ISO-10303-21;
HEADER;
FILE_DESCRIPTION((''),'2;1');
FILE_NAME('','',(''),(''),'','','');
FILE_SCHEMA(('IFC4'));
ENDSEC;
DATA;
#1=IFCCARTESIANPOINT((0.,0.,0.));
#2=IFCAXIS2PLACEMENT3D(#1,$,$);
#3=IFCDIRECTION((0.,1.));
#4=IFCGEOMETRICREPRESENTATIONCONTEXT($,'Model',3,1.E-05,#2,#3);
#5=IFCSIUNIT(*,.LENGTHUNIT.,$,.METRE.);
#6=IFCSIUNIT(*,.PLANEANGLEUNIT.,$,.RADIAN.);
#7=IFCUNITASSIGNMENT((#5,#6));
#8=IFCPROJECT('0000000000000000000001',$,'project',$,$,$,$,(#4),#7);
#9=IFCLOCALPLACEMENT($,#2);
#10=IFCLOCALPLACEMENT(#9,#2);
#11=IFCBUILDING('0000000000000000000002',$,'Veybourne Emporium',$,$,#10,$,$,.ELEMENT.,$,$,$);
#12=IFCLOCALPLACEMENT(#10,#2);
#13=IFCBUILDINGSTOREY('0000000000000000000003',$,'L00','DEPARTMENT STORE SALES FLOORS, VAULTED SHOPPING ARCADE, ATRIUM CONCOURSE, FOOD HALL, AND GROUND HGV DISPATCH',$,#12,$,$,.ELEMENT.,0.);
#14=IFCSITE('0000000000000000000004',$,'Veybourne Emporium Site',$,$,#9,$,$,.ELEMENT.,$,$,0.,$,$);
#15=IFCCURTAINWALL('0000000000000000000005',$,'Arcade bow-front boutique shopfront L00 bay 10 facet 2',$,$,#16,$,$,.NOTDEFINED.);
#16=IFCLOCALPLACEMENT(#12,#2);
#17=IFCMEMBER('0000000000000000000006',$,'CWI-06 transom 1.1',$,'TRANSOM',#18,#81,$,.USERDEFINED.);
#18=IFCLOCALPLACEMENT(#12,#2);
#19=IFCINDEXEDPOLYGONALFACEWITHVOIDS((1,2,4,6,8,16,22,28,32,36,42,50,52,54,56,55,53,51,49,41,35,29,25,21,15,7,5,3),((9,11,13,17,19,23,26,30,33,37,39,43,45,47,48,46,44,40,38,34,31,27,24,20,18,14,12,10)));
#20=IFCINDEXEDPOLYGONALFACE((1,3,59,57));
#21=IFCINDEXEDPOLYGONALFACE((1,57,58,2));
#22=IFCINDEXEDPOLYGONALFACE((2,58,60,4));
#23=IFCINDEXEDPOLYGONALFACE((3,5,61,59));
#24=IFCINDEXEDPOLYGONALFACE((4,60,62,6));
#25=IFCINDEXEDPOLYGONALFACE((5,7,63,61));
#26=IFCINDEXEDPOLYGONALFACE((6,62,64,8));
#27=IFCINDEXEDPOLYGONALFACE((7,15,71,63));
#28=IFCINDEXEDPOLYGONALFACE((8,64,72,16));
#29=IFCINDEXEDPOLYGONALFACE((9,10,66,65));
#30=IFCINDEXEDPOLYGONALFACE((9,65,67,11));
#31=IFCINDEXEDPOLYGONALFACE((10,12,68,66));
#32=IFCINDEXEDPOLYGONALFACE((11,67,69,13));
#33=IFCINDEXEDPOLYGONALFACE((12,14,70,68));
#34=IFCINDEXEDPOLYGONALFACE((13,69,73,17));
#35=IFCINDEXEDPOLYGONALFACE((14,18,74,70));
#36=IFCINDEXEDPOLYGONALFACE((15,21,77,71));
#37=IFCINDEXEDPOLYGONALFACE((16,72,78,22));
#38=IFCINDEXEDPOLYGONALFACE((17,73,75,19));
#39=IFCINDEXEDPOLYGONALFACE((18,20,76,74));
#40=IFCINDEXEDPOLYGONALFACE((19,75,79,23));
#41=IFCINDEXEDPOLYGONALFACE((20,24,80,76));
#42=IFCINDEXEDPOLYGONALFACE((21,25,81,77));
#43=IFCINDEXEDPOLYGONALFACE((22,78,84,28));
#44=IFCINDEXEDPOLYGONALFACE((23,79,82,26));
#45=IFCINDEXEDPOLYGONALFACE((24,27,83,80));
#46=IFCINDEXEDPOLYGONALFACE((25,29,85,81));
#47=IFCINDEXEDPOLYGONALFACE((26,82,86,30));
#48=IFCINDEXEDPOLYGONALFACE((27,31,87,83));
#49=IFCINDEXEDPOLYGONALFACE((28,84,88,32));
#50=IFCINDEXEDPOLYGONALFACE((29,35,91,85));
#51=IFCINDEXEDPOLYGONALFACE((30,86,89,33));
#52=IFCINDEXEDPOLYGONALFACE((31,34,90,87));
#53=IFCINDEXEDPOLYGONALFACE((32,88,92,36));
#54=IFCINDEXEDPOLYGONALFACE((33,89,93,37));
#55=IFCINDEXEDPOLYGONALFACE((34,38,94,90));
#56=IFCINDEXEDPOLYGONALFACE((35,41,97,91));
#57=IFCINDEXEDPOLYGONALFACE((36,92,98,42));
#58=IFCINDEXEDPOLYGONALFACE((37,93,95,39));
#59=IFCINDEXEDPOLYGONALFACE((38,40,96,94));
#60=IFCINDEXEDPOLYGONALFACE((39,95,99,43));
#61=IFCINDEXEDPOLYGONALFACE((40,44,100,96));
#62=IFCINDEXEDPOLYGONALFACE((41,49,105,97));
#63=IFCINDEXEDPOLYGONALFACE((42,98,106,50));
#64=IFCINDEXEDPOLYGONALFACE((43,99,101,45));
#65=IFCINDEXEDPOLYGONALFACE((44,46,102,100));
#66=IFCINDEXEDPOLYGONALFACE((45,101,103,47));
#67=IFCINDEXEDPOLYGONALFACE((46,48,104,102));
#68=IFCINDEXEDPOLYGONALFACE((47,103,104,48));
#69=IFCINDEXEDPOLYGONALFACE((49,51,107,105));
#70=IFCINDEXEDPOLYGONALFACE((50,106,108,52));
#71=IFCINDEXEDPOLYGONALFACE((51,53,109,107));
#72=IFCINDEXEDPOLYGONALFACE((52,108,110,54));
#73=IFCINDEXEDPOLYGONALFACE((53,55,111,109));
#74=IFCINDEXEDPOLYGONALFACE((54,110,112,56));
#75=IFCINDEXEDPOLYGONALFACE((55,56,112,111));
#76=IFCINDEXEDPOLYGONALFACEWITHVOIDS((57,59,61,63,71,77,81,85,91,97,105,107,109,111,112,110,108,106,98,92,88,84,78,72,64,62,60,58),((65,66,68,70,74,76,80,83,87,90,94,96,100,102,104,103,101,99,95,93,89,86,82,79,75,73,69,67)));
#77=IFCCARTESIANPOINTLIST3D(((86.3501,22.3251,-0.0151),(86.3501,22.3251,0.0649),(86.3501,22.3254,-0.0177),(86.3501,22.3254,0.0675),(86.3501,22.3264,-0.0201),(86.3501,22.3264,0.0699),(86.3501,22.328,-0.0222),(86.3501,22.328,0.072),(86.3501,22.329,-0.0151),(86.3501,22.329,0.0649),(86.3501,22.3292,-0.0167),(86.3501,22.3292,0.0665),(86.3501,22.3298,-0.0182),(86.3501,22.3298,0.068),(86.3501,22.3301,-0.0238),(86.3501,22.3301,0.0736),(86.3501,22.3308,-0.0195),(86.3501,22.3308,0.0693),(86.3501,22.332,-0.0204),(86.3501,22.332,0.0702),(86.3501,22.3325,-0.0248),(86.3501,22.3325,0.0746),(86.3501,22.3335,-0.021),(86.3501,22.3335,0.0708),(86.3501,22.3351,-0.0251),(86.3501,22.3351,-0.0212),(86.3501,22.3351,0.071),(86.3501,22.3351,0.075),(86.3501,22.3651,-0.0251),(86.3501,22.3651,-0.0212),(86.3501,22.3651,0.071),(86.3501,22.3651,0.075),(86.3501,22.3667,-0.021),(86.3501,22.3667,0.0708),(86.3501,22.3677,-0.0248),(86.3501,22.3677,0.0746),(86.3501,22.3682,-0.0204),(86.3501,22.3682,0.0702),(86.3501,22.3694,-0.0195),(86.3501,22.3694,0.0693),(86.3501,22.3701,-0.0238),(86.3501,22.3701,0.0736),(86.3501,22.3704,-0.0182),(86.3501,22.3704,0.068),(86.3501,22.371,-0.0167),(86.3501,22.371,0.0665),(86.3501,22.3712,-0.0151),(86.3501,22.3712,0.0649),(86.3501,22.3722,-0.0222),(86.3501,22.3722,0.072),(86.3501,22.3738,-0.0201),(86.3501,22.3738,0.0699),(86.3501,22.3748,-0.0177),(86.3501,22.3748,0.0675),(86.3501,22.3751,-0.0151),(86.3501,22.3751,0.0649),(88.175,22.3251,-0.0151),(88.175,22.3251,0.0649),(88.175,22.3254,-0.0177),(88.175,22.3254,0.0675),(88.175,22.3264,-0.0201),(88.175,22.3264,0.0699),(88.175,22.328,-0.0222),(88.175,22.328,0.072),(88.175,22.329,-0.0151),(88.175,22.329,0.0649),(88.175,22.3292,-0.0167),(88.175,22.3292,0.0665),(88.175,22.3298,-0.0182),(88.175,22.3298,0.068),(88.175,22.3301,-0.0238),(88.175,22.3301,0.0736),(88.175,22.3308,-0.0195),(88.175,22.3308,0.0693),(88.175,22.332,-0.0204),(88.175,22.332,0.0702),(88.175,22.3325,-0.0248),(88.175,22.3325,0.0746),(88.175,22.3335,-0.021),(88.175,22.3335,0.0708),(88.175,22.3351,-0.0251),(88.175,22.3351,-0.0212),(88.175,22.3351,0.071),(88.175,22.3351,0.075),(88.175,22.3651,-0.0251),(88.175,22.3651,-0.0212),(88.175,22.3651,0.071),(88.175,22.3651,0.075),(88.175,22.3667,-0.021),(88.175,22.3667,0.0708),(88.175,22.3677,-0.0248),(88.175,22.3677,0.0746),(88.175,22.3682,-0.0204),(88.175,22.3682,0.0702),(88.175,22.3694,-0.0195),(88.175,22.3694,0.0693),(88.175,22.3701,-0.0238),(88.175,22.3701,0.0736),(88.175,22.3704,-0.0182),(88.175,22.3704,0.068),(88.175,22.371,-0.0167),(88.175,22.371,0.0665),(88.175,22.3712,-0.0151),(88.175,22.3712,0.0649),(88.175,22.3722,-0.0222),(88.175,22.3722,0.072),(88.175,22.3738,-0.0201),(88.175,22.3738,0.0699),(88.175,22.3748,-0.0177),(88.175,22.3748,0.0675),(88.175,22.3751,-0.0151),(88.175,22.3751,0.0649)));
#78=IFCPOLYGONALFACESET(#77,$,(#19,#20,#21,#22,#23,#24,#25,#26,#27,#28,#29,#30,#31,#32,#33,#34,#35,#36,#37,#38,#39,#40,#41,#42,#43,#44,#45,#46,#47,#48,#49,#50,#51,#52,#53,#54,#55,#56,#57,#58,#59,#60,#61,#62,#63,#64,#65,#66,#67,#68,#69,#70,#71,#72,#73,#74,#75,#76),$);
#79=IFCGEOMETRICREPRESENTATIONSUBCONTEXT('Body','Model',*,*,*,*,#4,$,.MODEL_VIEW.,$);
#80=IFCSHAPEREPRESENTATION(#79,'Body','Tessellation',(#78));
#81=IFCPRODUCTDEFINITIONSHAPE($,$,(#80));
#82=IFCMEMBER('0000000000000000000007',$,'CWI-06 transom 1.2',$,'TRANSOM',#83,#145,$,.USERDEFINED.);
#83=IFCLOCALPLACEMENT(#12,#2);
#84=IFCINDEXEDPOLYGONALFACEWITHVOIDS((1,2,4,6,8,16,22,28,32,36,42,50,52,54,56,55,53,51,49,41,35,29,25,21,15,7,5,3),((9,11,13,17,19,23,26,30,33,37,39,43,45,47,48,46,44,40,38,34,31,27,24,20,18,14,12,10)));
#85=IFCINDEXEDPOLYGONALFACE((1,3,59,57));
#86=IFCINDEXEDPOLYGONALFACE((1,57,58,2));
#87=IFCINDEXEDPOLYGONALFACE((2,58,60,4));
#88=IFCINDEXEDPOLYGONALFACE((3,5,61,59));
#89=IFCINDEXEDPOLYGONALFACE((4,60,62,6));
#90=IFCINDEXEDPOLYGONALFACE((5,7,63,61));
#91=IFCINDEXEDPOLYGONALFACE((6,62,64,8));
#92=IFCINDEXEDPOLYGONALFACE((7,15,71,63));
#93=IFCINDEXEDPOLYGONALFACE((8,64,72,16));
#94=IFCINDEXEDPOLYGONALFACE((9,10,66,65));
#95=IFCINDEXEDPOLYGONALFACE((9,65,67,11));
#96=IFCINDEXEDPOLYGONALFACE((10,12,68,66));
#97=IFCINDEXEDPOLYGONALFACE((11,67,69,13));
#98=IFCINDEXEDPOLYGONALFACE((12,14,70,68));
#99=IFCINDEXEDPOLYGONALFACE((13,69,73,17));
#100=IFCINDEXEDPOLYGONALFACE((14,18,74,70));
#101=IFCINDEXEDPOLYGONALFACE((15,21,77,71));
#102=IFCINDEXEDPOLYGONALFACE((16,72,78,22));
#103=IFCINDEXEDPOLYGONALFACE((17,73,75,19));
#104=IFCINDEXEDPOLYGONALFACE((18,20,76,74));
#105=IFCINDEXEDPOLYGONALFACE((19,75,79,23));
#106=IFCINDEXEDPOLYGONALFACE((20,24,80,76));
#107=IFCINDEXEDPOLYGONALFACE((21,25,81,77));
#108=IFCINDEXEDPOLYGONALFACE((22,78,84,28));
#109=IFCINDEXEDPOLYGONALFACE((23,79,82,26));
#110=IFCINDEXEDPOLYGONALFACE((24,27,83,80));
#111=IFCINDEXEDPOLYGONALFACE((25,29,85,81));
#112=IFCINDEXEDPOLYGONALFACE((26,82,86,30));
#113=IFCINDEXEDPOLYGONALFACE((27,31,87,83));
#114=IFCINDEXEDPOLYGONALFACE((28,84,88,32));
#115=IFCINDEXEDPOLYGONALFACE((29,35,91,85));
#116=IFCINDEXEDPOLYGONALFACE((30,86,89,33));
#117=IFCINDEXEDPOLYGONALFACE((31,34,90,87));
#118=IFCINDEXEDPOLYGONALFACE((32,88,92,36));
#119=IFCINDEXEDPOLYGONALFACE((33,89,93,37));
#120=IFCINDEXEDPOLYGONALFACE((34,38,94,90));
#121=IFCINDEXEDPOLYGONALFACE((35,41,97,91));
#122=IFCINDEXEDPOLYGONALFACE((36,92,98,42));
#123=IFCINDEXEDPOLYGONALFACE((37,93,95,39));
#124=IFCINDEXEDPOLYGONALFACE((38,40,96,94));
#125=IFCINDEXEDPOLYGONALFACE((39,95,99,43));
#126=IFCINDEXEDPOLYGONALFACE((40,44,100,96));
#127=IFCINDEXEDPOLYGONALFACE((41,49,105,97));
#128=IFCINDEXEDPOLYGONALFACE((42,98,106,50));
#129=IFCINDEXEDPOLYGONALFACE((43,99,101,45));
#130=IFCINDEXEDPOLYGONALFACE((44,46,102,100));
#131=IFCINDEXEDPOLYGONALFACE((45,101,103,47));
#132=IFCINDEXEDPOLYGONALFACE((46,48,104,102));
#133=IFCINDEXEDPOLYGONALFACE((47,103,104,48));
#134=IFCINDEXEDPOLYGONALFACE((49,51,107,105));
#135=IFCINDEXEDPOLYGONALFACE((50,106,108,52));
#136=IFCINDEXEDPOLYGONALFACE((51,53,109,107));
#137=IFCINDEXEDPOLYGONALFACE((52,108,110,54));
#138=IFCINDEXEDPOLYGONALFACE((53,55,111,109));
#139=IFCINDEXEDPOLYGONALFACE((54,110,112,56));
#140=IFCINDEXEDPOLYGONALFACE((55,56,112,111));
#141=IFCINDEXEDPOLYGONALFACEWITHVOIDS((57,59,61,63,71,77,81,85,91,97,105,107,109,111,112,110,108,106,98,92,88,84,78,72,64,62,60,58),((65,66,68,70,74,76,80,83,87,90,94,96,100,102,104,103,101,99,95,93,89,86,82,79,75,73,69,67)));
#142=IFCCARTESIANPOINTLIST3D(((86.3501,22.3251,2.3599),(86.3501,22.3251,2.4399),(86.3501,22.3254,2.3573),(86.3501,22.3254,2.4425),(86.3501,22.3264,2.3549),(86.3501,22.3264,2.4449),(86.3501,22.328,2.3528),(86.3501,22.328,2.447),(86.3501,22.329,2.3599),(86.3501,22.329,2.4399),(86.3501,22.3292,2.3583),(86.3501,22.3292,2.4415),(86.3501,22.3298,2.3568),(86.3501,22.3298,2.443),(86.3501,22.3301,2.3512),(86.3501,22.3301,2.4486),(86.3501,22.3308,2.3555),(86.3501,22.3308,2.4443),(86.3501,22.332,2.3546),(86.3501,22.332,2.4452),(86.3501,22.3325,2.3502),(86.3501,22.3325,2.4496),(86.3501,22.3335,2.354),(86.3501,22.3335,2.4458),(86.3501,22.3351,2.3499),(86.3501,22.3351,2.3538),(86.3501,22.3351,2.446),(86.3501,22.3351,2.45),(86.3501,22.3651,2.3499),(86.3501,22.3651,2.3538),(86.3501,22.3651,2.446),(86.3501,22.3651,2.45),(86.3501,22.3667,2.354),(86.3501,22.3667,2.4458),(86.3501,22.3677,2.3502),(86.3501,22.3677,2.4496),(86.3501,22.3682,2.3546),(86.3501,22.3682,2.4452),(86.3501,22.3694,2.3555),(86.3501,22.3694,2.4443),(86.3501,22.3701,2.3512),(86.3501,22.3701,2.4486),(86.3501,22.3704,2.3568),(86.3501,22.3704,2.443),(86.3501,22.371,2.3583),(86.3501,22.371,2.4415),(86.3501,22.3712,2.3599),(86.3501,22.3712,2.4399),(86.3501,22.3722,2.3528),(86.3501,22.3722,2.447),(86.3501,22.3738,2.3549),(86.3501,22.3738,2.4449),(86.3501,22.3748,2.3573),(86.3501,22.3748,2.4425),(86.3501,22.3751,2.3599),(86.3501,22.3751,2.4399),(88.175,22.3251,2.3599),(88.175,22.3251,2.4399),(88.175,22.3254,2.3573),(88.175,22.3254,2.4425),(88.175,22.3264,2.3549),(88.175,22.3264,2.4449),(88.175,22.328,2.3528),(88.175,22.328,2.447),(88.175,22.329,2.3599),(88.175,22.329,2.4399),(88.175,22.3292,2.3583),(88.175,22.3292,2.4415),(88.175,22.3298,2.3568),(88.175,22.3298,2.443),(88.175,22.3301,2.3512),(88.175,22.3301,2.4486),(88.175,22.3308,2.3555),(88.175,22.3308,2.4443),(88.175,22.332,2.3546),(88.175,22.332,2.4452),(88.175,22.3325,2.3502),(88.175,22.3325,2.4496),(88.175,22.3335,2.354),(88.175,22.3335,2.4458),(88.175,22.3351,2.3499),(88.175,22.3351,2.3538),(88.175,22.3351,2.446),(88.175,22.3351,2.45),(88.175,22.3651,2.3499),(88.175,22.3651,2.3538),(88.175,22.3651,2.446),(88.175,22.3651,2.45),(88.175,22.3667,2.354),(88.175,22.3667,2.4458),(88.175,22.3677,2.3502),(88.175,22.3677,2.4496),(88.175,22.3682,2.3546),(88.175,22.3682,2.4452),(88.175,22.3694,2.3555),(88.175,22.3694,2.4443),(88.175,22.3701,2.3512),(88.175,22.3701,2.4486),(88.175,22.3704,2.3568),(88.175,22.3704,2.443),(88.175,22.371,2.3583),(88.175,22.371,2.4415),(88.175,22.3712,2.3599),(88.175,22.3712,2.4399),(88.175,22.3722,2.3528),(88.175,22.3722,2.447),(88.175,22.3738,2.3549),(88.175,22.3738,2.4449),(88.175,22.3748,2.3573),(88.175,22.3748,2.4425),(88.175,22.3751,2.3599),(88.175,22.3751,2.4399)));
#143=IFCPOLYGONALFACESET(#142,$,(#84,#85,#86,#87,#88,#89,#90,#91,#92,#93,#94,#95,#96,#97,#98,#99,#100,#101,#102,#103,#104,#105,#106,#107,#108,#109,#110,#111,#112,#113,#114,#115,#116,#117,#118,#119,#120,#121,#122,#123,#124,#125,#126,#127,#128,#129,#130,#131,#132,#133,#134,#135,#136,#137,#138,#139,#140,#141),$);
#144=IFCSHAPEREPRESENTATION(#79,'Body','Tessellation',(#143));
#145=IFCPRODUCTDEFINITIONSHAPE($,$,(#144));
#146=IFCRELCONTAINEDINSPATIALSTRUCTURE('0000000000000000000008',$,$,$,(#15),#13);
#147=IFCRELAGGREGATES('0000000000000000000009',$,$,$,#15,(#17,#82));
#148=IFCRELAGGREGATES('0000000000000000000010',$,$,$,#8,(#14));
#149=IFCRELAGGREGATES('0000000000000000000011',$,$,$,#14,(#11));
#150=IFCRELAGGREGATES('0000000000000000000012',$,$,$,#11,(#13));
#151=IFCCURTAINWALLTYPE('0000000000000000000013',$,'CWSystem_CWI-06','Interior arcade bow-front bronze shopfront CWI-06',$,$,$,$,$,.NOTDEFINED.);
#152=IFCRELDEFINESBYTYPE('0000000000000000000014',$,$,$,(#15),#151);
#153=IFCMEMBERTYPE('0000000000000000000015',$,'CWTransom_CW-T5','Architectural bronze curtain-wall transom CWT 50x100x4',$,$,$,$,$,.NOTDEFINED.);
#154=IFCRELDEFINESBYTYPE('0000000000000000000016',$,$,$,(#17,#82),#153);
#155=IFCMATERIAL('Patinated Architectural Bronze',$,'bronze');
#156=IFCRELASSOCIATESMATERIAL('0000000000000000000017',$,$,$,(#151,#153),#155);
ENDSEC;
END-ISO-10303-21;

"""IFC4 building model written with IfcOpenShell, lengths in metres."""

from ifc_helpers import new_model, si_unit, direction, frame, origin, origin_2d, place, context, subcontext, project, spatial, hollow_rectangle, extrude, material, material_profile, profile_set, type_object, element, aggregate, save


model = new_model("IFC4")

# Units and contexts
model_context = context("Model", 3, precision=1e-05, world=origin(), true_north=direction((0.0, 1.0)))
body_context = subcontext(model_context, "Body", "Model", "MODEL_VIEW")
ifc_project = project(units=[si_unit("LENGTHUNIT", "METRE"), si_unit("PLANEANGLEUNIT", "RADIAN")], contexts=[model_context])

# Site, building, storey
site_placement = place(None, origin())
site = spatial("IfcSite", under=ifc_project, at=site_placement, Name="Veybourne Emporium Site", CompositionType="ELEMENT", RefElevation=0.0)
building_placement = place(site_placement, origin())
building = spatial("IfcBuilding", under=site, at=building_placement, Name="Veybourne Emporium", CompositionType="ELEMENT")
storey_placement = place(building_placement, origin())
storey = spatial("IfcBuildingStorey", under=building, at=storey_placement, Name="L00", Description="DEPARTMENT STORE SALES FLOORS, VAULTED SHOPPING ARCADE, ATRIUM CONCOURSE, FOOD HALL, AND GROUND HGV DISPATCH", CompositionType="ELEMENT", Elevation=0.0)

# Shared definitions
ifc_material_1 = material(Name="Patinated Architectural Bronze", Category="bronze")

# Shared definitions
curtain_wall_type_1 = type_object("IfcCurtainWallType", Name="CWSystem_CWI-06", Description="Interior arcade bow-front bronze shopfront CWI-06", PredefinedType="NOTDEFINED", material=ifc_material_1)

# Curtain wall
curtain_wall_1_placement = place(storey_placement, origin())
curtain_wall_1 = element("IfcCurtainWall", 1, at=curtain_wall_1_placement, inside=storey, type_object=curtain_wall_type_1, Name="Arcade bow-front boutique shopfront L00 bay 10 facet 2", PredefinedType="NOTDEFINED")

# Members
ifc_material_profile_1 = material_profile(ifc_material_1, hollow_rectangle(XDim=0.05, YDim=0.1001, WallThickness=0.0039, InnerFilletRadius=0.0061, OuterFilletRadius=0.01, at=origin_2d()), Name="CWT 50x100x4")
ifc_profile_set_1 = profile_set([ifc_material_profile_1], Name="Patinated Architectural Bronze")
member_type_1 = type_object("IfcMemberType", Name="CWTransom_CW-T5", Description="Architectural bronze curtain-wall transom CWT 50x100x4", PredefinedType="NOTDEFINED", material=ifc_profile_set_1)
member_1_placement = place(storey_placement, frame((86.3501, 22.3501, 0.0249), z_axis=(1.0, 0.0, 0.0), x_axis=(0.0, 1.0, 0.0)))
member_1 = element("IfcMember", 2, at=member_1_placement, type_object=member_type_1, Name="CWI-06 transom 1.1", ObjectType="TRANSOM", PredefinedType="USERDEFINED", context=body_context, shape_type="SweptSolid", body=[
    extrude(hollow_rectangle(XDim=0.05, YDim=0.1001, WallThickness=0.0039, InnerFilletRadius=0.0061, OuterFilletRadius=0.01, at=origin_2d()), origin(), (0.0, 0.0, 1.0), 1.825),
])
member_2_placement = place(storey_placement, frame((86.3501, 22.3501, 2.3999), z_axis=(1.0, 0.0, 0.0), x_axis=(0.0, 1.0, 0.0)))
member_2 = element("IfcMember", 3, at=member_2_placement, type_object=member_type_1, Name="CWI-06 transom 1.2", ObjectType="TRANSOM", PredefinedType="USERDEFINED", context=body_context, shape_type="SweptSolid", body=[
    extrude(hollow_rectangle(XDim=0.05, YDim=0.1001, WallThickness=0.0039, InnerFilletRadius=0.0061, OuterFilletRadius=0.01, at=origin_2d()), origin(), (0.0, 0.0, 1.0), 1.825),
])

aggregate(curtain_wall_1, [member_1, member_2])

save(model, "model.ifc")
